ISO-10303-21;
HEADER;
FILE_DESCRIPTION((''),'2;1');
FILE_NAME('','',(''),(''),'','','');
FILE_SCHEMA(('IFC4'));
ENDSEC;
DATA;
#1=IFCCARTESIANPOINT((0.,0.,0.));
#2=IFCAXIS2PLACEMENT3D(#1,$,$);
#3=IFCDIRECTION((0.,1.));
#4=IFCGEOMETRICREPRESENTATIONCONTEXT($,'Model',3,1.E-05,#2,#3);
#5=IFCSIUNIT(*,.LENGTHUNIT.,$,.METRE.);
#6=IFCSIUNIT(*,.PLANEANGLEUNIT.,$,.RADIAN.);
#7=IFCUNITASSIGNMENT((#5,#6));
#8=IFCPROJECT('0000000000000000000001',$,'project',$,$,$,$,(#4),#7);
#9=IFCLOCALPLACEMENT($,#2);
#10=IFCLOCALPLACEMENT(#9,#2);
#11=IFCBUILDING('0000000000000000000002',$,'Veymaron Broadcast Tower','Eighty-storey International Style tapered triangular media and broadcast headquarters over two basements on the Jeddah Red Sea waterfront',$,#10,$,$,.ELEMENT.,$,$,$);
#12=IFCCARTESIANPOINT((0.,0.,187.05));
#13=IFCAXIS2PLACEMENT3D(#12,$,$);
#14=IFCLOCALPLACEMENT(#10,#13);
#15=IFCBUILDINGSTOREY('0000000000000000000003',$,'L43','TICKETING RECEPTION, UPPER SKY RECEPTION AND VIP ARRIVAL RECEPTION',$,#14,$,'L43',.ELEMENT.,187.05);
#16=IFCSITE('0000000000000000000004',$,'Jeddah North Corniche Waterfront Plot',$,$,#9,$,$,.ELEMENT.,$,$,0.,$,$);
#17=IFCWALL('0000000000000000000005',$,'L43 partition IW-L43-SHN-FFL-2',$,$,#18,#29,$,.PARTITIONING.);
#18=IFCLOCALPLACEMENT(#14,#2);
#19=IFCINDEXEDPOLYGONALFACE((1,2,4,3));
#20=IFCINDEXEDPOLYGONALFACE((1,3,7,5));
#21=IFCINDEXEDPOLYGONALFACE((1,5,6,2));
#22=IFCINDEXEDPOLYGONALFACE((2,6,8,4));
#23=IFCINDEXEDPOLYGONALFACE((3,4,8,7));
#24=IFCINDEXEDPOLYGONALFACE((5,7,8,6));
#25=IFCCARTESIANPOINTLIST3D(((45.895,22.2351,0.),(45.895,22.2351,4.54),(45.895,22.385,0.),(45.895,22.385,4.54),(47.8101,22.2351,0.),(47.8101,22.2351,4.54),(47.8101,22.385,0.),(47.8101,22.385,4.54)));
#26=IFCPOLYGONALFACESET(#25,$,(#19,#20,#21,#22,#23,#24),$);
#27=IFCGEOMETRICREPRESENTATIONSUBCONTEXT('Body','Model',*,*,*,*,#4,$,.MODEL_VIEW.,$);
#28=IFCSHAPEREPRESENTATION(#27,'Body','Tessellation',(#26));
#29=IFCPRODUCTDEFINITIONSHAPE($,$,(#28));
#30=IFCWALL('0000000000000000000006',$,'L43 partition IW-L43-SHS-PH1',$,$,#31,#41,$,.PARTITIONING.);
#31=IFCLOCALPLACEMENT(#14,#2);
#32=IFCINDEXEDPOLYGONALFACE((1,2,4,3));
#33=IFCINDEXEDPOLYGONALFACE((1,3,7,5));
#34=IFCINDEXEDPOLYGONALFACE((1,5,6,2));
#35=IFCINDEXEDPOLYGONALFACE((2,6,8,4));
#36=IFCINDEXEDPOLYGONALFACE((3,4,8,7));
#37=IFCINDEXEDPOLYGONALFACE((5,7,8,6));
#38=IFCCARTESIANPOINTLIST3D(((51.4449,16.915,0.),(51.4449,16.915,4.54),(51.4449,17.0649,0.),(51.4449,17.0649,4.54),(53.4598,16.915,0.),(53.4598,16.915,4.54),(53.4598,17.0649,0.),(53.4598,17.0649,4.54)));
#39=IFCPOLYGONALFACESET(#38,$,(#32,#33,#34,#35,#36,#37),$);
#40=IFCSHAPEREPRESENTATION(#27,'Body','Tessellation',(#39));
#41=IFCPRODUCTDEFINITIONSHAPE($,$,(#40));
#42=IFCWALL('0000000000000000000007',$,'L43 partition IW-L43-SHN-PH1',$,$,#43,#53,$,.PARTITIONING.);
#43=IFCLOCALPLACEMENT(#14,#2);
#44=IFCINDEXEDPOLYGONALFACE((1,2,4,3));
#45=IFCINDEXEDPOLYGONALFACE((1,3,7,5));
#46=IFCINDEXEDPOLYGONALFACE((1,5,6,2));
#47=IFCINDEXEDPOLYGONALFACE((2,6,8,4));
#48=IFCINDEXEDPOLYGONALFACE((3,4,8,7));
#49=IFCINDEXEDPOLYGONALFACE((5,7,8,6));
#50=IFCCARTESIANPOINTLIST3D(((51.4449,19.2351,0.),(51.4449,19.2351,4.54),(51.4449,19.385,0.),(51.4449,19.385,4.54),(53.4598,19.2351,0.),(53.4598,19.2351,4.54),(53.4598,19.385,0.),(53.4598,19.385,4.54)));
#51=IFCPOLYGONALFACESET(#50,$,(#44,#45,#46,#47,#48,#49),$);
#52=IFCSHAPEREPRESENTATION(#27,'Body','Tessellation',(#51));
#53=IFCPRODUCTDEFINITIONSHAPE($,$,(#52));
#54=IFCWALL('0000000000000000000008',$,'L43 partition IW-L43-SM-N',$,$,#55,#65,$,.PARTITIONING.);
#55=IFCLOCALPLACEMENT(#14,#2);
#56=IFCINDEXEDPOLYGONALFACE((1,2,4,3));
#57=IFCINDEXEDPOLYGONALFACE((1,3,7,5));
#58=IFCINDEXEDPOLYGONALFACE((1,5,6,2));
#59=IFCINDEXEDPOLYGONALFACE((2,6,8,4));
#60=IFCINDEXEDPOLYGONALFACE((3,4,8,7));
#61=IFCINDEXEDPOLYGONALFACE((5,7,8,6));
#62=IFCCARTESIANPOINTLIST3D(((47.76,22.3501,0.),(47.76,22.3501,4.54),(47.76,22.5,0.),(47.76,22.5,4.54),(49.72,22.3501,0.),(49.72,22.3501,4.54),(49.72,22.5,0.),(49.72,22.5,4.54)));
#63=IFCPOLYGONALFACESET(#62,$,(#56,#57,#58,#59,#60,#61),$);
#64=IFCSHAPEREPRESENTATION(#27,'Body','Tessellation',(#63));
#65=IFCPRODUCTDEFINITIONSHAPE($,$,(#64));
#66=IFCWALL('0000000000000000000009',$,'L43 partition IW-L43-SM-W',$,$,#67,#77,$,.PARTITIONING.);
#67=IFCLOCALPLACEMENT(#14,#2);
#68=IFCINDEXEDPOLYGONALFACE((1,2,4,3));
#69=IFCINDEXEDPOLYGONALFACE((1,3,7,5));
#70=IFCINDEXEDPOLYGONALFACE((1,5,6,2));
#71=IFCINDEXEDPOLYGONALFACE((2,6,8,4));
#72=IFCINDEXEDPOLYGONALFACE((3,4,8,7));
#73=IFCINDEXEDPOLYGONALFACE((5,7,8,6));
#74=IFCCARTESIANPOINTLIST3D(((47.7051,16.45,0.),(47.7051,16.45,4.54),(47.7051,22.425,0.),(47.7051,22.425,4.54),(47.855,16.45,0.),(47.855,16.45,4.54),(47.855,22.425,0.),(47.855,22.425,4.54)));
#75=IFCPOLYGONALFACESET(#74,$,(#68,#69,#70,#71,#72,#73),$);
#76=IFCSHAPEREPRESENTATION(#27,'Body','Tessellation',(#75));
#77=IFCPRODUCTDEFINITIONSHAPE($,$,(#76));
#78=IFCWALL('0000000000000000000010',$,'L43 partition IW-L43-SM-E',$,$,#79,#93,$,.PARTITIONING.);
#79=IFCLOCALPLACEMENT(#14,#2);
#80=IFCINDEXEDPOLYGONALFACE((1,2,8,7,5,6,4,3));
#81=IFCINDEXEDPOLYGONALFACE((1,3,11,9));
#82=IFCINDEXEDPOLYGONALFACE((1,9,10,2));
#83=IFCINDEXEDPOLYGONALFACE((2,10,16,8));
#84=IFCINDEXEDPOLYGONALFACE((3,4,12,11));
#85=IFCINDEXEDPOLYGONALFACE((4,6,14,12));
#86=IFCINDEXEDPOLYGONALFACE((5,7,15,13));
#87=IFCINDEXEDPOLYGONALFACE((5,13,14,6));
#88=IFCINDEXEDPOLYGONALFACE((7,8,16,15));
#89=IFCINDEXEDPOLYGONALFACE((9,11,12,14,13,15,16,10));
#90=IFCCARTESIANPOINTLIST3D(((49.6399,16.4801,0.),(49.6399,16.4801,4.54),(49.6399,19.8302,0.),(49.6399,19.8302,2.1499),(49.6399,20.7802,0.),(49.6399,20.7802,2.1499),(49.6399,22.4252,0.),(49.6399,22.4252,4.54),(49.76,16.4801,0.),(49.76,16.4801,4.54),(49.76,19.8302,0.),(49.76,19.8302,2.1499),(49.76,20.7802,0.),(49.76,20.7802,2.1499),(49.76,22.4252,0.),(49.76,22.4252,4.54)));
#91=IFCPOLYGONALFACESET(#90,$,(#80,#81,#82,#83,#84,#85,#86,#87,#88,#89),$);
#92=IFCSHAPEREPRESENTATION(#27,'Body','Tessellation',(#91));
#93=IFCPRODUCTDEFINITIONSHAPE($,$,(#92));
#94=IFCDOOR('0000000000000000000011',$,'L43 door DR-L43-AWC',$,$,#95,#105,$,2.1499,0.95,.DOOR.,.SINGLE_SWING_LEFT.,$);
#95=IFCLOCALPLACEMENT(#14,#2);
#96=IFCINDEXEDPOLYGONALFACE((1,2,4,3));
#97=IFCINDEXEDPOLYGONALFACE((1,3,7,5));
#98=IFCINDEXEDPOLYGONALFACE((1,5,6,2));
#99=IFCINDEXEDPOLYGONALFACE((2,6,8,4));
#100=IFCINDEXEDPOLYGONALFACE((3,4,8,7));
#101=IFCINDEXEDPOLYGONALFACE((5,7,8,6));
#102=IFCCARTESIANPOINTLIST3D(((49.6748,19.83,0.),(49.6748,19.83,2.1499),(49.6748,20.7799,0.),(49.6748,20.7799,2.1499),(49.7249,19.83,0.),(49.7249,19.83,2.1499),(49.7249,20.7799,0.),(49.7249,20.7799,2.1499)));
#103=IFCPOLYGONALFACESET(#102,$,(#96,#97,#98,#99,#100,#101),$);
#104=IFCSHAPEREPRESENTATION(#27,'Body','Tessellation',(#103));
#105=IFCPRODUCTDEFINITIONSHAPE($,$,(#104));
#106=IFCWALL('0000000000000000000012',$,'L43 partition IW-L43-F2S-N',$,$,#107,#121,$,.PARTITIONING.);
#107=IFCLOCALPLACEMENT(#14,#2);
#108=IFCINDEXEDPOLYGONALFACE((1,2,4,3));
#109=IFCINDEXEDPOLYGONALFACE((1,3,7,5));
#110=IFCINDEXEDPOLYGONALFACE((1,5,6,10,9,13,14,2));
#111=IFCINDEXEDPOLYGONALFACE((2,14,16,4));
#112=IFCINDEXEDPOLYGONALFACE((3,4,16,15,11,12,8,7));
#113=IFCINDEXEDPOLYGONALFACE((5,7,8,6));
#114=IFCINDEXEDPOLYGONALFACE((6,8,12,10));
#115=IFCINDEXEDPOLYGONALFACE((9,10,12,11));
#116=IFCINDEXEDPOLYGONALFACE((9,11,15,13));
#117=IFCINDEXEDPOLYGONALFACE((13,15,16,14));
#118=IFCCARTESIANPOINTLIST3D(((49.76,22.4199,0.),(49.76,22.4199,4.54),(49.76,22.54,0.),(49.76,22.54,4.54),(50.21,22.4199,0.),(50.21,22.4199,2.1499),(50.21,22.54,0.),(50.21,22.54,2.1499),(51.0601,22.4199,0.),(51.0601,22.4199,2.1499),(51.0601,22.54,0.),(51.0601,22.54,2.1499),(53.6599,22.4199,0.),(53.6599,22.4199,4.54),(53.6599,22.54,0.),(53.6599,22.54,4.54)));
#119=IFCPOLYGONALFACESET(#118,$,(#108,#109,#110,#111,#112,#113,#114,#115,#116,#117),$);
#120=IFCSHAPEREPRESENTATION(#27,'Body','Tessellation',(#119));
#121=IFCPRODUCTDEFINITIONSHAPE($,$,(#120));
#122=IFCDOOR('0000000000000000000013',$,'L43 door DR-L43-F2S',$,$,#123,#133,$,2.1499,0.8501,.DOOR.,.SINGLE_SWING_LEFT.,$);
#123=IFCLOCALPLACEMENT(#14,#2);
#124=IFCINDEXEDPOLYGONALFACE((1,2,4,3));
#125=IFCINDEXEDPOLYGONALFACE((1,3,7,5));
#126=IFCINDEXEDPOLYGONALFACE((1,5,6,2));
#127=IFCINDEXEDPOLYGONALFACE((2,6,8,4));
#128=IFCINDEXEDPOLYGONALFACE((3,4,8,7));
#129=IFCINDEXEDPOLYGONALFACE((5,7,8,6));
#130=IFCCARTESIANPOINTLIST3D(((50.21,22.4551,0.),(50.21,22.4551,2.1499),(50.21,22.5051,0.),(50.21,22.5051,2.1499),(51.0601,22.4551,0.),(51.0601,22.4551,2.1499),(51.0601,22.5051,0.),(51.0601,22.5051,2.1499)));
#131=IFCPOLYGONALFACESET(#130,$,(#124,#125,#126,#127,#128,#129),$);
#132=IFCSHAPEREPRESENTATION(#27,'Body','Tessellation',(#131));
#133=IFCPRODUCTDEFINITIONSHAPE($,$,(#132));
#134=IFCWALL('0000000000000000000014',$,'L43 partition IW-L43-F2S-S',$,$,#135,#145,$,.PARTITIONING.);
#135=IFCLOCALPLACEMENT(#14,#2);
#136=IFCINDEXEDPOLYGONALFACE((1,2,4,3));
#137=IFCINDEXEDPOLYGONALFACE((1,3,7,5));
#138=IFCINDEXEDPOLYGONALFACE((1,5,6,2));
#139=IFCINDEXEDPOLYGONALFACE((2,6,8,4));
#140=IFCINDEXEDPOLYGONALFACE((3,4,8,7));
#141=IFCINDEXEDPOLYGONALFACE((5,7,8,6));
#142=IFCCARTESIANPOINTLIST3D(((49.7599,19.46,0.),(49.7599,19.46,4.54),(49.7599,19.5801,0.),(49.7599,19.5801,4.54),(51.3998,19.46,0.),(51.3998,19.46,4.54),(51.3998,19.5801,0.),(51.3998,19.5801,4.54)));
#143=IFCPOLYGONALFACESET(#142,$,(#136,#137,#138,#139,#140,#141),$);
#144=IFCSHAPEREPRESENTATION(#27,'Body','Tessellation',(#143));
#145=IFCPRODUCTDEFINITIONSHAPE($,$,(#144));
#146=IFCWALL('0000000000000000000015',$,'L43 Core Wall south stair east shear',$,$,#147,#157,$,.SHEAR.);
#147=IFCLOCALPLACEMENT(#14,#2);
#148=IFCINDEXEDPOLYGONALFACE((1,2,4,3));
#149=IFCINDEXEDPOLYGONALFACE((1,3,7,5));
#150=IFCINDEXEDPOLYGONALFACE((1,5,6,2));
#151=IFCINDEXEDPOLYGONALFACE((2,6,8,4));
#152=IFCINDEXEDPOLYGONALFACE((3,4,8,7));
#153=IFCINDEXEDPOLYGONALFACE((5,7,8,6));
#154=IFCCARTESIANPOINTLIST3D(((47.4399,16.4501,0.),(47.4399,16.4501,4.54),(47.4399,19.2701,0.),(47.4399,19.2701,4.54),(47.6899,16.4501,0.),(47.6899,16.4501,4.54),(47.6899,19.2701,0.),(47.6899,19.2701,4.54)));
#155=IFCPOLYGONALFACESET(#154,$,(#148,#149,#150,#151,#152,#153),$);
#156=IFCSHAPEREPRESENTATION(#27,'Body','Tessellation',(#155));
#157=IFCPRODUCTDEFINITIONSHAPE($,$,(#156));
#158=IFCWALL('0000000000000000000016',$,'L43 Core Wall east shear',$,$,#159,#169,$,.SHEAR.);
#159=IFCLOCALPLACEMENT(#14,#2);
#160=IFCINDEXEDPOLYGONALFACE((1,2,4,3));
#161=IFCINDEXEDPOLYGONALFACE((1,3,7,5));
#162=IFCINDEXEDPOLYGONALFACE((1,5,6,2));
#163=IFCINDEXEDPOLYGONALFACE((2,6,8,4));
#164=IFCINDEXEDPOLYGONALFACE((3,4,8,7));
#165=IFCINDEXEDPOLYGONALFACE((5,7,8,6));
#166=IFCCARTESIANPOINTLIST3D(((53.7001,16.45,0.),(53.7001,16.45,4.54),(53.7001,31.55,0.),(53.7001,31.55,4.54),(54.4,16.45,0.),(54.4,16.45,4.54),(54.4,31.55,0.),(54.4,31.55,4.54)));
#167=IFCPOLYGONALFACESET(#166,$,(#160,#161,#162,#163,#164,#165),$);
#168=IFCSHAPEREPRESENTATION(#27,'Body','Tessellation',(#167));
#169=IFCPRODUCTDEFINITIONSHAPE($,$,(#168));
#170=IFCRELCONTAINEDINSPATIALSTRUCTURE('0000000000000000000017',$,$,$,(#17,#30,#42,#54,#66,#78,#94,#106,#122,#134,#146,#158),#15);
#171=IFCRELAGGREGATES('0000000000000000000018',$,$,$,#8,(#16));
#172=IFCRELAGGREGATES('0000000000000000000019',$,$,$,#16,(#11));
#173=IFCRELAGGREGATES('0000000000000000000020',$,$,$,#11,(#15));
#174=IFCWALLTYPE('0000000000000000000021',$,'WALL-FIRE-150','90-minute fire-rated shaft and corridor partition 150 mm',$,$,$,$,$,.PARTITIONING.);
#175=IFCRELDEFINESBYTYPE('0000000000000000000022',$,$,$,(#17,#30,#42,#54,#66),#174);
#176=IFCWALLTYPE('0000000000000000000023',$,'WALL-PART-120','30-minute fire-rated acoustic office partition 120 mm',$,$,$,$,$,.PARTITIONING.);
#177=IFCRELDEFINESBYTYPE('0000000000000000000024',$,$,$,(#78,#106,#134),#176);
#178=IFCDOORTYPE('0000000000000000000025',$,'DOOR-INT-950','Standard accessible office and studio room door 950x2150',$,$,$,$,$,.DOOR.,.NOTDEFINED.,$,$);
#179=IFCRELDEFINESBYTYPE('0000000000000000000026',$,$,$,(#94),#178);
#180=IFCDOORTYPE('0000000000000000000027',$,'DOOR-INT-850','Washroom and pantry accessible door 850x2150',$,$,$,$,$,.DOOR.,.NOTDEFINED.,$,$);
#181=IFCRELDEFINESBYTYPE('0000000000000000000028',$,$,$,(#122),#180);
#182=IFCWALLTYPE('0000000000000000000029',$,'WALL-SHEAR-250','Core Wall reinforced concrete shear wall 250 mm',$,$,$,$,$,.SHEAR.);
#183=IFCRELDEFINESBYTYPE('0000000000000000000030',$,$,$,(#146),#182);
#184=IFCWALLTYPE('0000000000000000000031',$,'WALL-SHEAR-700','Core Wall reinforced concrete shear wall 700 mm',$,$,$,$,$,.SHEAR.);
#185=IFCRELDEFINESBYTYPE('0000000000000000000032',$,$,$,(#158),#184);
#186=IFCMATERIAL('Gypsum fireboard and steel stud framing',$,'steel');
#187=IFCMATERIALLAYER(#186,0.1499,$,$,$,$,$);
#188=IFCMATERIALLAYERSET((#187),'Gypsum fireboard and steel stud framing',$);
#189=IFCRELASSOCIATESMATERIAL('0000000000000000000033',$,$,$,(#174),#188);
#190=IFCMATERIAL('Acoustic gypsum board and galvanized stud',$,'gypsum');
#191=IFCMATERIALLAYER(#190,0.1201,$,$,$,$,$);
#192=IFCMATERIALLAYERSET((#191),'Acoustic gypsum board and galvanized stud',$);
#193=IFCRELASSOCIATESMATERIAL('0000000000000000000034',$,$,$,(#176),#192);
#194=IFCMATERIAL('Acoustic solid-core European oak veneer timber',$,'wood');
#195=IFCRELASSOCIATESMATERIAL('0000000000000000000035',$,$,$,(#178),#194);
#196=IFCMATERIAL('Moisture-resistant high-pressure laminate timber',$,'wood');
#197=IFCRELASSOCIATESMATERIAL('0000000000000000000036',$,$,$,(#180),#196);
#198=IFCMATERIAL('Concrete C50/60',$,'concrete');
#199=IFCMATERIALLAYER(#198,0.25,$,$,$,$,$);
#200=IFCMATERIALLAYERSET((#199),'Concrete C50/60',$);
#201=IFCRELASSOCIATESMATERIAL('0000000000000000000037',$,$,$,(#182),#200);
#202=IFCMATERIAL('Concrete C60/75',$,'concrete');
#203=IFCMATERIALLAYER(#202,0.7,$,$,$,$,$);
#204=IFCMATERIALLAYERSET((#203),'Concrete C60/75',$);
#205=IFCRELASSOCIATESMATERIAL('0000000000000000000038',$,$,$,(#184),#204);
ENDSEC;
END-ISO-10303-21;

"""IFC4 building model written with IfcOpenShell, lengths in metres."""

from ifc_helpers import new_model, si_unit, direction, frame, frame_2d, origin, place, context, subcontext, project, spatial, rectangle, extrude, material, layer, layer_set, type_object, element, fill, save


model = new_model("IFC4")

# Units and contexts
model_context = context("Model", 3, precision=1e-05, world=origin(), true_north=direction((0.0, 1.0)))
body_context = subcontext(model_context, "Body", "Model", "MODEL_VIEW")
ifc_project = project(units=[si_unit("LENGTHUNIT", "METRE"), si_unit("PLANEANGLEUNIT", "RADIAN")], contexts=[model_context])

# Site, building, storey
site_placement = place(None, origin())
site = spatial("IfcSite", under=ifc_project, at=site_placement, Name="Jeddah North Corniche Waterfront Plot", CompositionType="ELEMENT", RefElevation=0.0)
building_placement = place(site_placement, origin())
building = spatial("IfcBuilding", under=site, at=building_placement, Name="Veymaron Broadcast Tower", Description="Eighty-storey International Style tapered triangular media and broadcast headquarters over two basements on the Jeddah Red Sea waterfront", CompositionType="ELEMENT")
storey_placement = place(building_placement, frame((0.0, 0.0, 187.05)))
storey = spatial("IfcBuildingStorey", under=building, at=storey_placement, Name="L43", Description="TICKETING RECEPTION, UPPER SKY RECEPTION AND VIP ARRIVAL RECEPTION", LongName="L43", CompositionType="ELEMENT", Elevation=187.05)

# Shared definitions
ifc_material_1 = material(Name="Gypsum fireboard and steel stud framing", Category="steel")
ifc_layer_1 = layer(ifc_material_1, 0.1499)
ifc_layer_set_1 = layer_set([ifc_layer_1], Name="Gypsum fireboard and steel stud framing")
wall_type_1 = type_object("IfcWallType", Name="WALL-FIRE-150", Description="90-minute fire-rated shaft and corridor partition 150 mm", PredefinedType="PARTITIONING", material=ifc_layer_set_1)

# Wall
wall_1_placement = place(storey_placement, frame((45.895, 22.3101, 0.0), z_axis=(0.0, 0.0, 1.0), x_axis=(1.0, 0.0, 0.0)))
element("IfcWall", 1, at=wall_1_placement, inside=storey, type_object=wall_type_1, Name="L43 partition IW-L43-SHN-FFL-2", PredefinedType="PARTITIONING", context=body_context, shape_type="SweptSolid", body=[
    extrude(rectangle(XDim=1.915, YDim=0.1499, at=frame_2d((0.9575, 0.0))), origin(), (0.0, 0.0, 1.0), 4.54),
])

# Walls
for number, where, z_axis, x_axis, name in (
    (2, (51.4451, 16.99, 0.0), (0.0, 0.0, 1.0), (1.0, 0.0, 0.0), "L43 partition IW-L43-SHS-PH1"),
    (3, (51.4451, 19.3101, 0.0), (0.0, 0.0, 1.0), (1.0, 0.0, 0.0), "L43 partition IW-L43-SHN-PH1"),
):
    element("IfcWall", number, at=place(storey_placement, frame(where, z_axis=z_axis, x_axis=x_axis)), inside=storey, type_object=wall_type_1, Name=name, PredefinedType="PARTITIONING", context=body_context, shape_type="SweptSolid", body=[
        extrude(rectangle(XDim=2.0149, YDim=0.1499, at=frame_2d((1.0073, 0.0))), origin(), (0.0, 0.0, 1.0), 4.54),
    ])

# Walls
wall_2_placement = place(storey_placement, frame((47.76, 22.425, 0.0), z_axis=(0.0, 0.0, 1.0), x_axis=(1.0, 0.0, 0.0)))
element("IfcWall", 4, at=wall_2_placement, inside=storey, type_object=wall_type_1, Name="L43 partition IW-L43-SM-N", PredefinedType="PARTITIONING", context=body_context, shape_type="SweptSolid", body=[
    extrude(rectangle(XDim=1.96, YDim=0.1499, at=frame_2d((0.98, 0.0))), origin(), (0.0, 0.0, 1.0), 4.54),
])
wall_3_placement = place(storey_placement, frame((47.78, 16.45, 0.0), z_axis=(0.0, 0.0, 1.0), x_axis=(0.0, 1.0, 0.0)))
element("IfcWall", 5, at=wall_3_placement, inside=storey, type_object=wall_type_1, Name="L43 partition IW-L43-SM-W", PredefinedType="PARTITIONING", context=body_context, shape_type="SweptSolid", body=[
    extrude(rectangle(XDim=5.9751, YDim=0.1499, at=frame_2d((2.9875, 0.0))), origin(), (0.0, 0.0, 1.0), 4.54),
])

# Walls, openings, doors
ifc_material_2 = material(Name="Acoustic gypsum board and galvanized stud", Category="gypsum")
ifc_layer_2 = layer(ifc_material_2, 0.1201)
ifc_layer_set_2 = layer_set([ifc_layer_2], Name="Acoustic gypsum board and galvanized stud")
wall_type_2 = type_object("IfcWallType", Name="WALL-PART-120", Description="30-minute fire-rated acoustic office partition 120 mm", PredefinedType="PARTITIONING", material=ifc_layer_set_2)
wall_4_placement = place(storey_placement, frame((49.7, 16.48, 0.0), z_axis=(0.0, 0.0, 1.0), x_axis=(0.0, 1.0, 0.0)))
wall_4 = element("IfcWall", 6, at=wall_4_placement, inside=storey, type_object=wall_type_2, Name="L43 partition IW-L43-SM-E", PredefinedType="PARTITIONING", context=body_context, shape_type="SweptSolid", body=[
    extrude(rectangle(XDim=5.9451, YDim=0.1201, at=frame_2d((2.9727, 0.0))), origin(), (0.0, 0.0, 1.0), 4.54),
])
opening_1_placement = place(wall_4_placement, frame((3.3501, 0.0, 0.0)))
opening_1 = element("IfcOpeningElement", 7, at=opening_1_placement, cuts=wall_4, PredefinedType="OPENING", context=body_context, shape_type="SweptSolid", body=[
    extrude(rectangle(XDim=0.95, YDim=2.1499, at=frame_2d((0.4751, 1.075))), frame((0.0, 0.0701, 0.0), z_axis=(0.0, -1.0, 0.0), x_axis=(1.0, 0.0, 0.0)), (0.0, 0.0, 1.0), 0.1401),
])
ifc_material_3 = material(Name="Acoustic solid-core European oak veneer timber", Category="wood")
door_type_1 = type_object("IfcDoorType", Name="DOOR-INT-950", Description="Standard accessible office and studio room door 950x2150", OperationType="NOTDEFINED", PredefinedType="DOOR", material=ifc_material_3)
door_1_placement = place(opening_1_placement, frame((0.95, 0.0, 0.0), z_axis=(0.0, 0.0, 1.0), x_axis=(-1.0, 0.0, 0.0)))
door_1 = element("IfcDoor", 8, at=door_1_placement, inside=storey, type_object=door_type_1, Name="L43 door DR-L43-AWC", OperationType="SINGLE_SWING_LEFT", OverallHeight=2.1499, OverallWidth=0.95, PredefinedType="DOOR", context=body_context, shape_type="SweptSolid", body=[
    extrude(rectangle(XDim=0.95, YDim=2.1499, at=frame_2d((0.4751, 1.075))), frame((0.0, 0.0249, 0.0), z_axis=(0.0, -1.0, 0.0), x_axis=(1.0, 0.0, 0.0)), (0.0, 0.0, 1.0), 0.05),
])
fill(opening_1, door_1)
wall_5_placement = place(storey_placement, frame((49.76, 22.48, 0.0), z_axis=(0.0, 0.0, 1.0), x_axis=(1.0, 0.0, 0.0)))
wall_5 = element("IfcWall", 9, at=wall_5_placement, inside=storey, type_object=wall_type_2, Name="L43 partition IW-L43-F2S-N", PredefinedType="PARTITIONING", context=body_context, shape_type="SweptSolid", body=[
    extrude(rectangle(XDim=3.8999, YDim=0.1201, at=frame_2d((1.95, 0.0))), origin(), (0.0, 0.0, 1.0), 4.54),
])
opening_2_placement = place(wall_5_placement, frame((0.45, 0.0, 0.0)))
opening_2 = element("IfcOpeningElement", 10, at=opening_2_placement, cuts=wall_5, PredefinedType="OPENING", context=body_context, shape_type="SweptSolid", body=[
    extrude(rectangle(XDim=0.8501, YDim=2.1499, at=frame_2d((0.425, 1.075))), frame((0.0, 0.0701, 0.0), z_axis=(0.0, -1.0, 0.0), x_axis=(1.0, 0.0, 0.0)), (0.0, 0.0, 1.0), 0.1401),
])
ifc_material_4 = material(Name="Moisture-resistant high-pressure laminate timber", Category="wood")
door_type_2 = type_object("IfcDoorType", Name="DOOR-INT-850", Description="Washroom and pantry accessible door 850x2150", OperationType="NOTDEFINED", PredefinedType="DOOR", material=ifc_material_4)
door_2_placement = place(opening_2_placement, frame((0.8501, 0.0, 0.0), z_axis=(0.0, 0.0, 1.0), x_axis=(-1.0, 0.0, 0.0)))
door_2 = element("IfcDoor", 11, at=door_2_placement, inside=storey, type_object=door_type_2, Name="L43 door DR-L43-F2S", OperationType="SINGLE_SWING_LEFT", OverallHeight=2.1499, OverallWidth=0.8501, PredefinedType="DOOR", context=body_context, shape_type="SweptSolid", body=[
    extrude(rectangle(XDim=0.8501, YDim=2.1499, at=frame_2d((0.425, 1.075))), frame((0.0, 0.0249, 0.0), z_axis=(0.0, -1.0, 0.0), x_axis=(1.0, 0.0, 0.0)), (0.0, 0.0, 1.0), 0.05),
])
fill(opening_2, door_2)

# Walls
wall_6_placement = place(storey_placement, frame((49.76, 19.52, 0.0), z_axis=(0.0, 0.0, 1.0), x_axis=(1.0, 0.0, 0.0)))
element("IfcWall", 12, at=wall_6_placement, inside=storey, type_object=wall_type_2, Name="L43 partition IW-L43-F2S-S", PredefinedType="PARTITIONING", context=body_context, shape_type="SweptSolid", body=[
    extrude(rectangle(XDim=1.6399, YDim=0.1201, at=frame_2d((0.8198, 0.0))), origin(), (0.0, 0.0, 1.0), 4.54),
])
ifc_material_5 = material(Name="Concrete C50/60", Category="concrete")
ifc_layer_3 = layer(ifc_material_5, 0.25)
ifc_layer_set_3 = layer_set([ifc_layer_3], Name="Concrete C50/60")
wall_type_3 = type_object("IfcWallType", Name="WALL-SHEAR-250", Description="Core Wall reinforced concrete shear wall 250 mm", PredefinedType="SHEAR", material=ifc_layer_set_3)
wall_7_placement = place(storey_placement, frame((47.5649, 16.45, 0.0), z_axis=(0.0, 0.0, 1.0), x_axis=(0.0, 1.0, 0.0)))
element("IfcWall", 13, at=wall_7_placement, inside=storey, type_object=wall_type_3, Name="L43 Core Wall south stair east shear", PredefinedType="SHEAR", context=body_context, shape_type="SweptSolid", body=[
    extrude(rectangle(XDim=2.8201, YDim=0.25, at=frame_2d((1.4102, 0.0))), origin(), (0.0, 0.0, 1.0), 4.54),
])
ifc_material_6 = material(Name="Concrete C60/75", Category="concrete")
ifc_layer_4 = layer(ifc_material_6, 0.7)
ifc_layer_set_4 = layer_set([ifc_layer_4], Name="Concrete C60/75")
wall_type_4 = type_object("IfcWallType", Name="WALL-SHEAR-700", Description="Core Wall reinforced concrete shear wall 700 mm", PredefinedType="SHEAR", material=ifc_layer_set_4)
wall_8_placement = place(storey_placement, frame((54.05, 16.45, 0.0), z_axis=(0.0, 0.0, 1.0), x_axis=(0.0, 1.0, 0.0)))
element("IfcWall", 14, at=wall_8_placement, inside=storey, type_object=wall_type_4, Name="L43 Core Wall east shear", PredefinedType="SHEAR", context=body_context, shape_type="SweptSolid", body=[
    extrude(rectangle(XDim=15.1001, YDim=0.7, at=frame_2d((7.55, 0.0))), origin(), (0.0, 0.0, 1.0), 4.54),
])

save(model, "model.ifc")
